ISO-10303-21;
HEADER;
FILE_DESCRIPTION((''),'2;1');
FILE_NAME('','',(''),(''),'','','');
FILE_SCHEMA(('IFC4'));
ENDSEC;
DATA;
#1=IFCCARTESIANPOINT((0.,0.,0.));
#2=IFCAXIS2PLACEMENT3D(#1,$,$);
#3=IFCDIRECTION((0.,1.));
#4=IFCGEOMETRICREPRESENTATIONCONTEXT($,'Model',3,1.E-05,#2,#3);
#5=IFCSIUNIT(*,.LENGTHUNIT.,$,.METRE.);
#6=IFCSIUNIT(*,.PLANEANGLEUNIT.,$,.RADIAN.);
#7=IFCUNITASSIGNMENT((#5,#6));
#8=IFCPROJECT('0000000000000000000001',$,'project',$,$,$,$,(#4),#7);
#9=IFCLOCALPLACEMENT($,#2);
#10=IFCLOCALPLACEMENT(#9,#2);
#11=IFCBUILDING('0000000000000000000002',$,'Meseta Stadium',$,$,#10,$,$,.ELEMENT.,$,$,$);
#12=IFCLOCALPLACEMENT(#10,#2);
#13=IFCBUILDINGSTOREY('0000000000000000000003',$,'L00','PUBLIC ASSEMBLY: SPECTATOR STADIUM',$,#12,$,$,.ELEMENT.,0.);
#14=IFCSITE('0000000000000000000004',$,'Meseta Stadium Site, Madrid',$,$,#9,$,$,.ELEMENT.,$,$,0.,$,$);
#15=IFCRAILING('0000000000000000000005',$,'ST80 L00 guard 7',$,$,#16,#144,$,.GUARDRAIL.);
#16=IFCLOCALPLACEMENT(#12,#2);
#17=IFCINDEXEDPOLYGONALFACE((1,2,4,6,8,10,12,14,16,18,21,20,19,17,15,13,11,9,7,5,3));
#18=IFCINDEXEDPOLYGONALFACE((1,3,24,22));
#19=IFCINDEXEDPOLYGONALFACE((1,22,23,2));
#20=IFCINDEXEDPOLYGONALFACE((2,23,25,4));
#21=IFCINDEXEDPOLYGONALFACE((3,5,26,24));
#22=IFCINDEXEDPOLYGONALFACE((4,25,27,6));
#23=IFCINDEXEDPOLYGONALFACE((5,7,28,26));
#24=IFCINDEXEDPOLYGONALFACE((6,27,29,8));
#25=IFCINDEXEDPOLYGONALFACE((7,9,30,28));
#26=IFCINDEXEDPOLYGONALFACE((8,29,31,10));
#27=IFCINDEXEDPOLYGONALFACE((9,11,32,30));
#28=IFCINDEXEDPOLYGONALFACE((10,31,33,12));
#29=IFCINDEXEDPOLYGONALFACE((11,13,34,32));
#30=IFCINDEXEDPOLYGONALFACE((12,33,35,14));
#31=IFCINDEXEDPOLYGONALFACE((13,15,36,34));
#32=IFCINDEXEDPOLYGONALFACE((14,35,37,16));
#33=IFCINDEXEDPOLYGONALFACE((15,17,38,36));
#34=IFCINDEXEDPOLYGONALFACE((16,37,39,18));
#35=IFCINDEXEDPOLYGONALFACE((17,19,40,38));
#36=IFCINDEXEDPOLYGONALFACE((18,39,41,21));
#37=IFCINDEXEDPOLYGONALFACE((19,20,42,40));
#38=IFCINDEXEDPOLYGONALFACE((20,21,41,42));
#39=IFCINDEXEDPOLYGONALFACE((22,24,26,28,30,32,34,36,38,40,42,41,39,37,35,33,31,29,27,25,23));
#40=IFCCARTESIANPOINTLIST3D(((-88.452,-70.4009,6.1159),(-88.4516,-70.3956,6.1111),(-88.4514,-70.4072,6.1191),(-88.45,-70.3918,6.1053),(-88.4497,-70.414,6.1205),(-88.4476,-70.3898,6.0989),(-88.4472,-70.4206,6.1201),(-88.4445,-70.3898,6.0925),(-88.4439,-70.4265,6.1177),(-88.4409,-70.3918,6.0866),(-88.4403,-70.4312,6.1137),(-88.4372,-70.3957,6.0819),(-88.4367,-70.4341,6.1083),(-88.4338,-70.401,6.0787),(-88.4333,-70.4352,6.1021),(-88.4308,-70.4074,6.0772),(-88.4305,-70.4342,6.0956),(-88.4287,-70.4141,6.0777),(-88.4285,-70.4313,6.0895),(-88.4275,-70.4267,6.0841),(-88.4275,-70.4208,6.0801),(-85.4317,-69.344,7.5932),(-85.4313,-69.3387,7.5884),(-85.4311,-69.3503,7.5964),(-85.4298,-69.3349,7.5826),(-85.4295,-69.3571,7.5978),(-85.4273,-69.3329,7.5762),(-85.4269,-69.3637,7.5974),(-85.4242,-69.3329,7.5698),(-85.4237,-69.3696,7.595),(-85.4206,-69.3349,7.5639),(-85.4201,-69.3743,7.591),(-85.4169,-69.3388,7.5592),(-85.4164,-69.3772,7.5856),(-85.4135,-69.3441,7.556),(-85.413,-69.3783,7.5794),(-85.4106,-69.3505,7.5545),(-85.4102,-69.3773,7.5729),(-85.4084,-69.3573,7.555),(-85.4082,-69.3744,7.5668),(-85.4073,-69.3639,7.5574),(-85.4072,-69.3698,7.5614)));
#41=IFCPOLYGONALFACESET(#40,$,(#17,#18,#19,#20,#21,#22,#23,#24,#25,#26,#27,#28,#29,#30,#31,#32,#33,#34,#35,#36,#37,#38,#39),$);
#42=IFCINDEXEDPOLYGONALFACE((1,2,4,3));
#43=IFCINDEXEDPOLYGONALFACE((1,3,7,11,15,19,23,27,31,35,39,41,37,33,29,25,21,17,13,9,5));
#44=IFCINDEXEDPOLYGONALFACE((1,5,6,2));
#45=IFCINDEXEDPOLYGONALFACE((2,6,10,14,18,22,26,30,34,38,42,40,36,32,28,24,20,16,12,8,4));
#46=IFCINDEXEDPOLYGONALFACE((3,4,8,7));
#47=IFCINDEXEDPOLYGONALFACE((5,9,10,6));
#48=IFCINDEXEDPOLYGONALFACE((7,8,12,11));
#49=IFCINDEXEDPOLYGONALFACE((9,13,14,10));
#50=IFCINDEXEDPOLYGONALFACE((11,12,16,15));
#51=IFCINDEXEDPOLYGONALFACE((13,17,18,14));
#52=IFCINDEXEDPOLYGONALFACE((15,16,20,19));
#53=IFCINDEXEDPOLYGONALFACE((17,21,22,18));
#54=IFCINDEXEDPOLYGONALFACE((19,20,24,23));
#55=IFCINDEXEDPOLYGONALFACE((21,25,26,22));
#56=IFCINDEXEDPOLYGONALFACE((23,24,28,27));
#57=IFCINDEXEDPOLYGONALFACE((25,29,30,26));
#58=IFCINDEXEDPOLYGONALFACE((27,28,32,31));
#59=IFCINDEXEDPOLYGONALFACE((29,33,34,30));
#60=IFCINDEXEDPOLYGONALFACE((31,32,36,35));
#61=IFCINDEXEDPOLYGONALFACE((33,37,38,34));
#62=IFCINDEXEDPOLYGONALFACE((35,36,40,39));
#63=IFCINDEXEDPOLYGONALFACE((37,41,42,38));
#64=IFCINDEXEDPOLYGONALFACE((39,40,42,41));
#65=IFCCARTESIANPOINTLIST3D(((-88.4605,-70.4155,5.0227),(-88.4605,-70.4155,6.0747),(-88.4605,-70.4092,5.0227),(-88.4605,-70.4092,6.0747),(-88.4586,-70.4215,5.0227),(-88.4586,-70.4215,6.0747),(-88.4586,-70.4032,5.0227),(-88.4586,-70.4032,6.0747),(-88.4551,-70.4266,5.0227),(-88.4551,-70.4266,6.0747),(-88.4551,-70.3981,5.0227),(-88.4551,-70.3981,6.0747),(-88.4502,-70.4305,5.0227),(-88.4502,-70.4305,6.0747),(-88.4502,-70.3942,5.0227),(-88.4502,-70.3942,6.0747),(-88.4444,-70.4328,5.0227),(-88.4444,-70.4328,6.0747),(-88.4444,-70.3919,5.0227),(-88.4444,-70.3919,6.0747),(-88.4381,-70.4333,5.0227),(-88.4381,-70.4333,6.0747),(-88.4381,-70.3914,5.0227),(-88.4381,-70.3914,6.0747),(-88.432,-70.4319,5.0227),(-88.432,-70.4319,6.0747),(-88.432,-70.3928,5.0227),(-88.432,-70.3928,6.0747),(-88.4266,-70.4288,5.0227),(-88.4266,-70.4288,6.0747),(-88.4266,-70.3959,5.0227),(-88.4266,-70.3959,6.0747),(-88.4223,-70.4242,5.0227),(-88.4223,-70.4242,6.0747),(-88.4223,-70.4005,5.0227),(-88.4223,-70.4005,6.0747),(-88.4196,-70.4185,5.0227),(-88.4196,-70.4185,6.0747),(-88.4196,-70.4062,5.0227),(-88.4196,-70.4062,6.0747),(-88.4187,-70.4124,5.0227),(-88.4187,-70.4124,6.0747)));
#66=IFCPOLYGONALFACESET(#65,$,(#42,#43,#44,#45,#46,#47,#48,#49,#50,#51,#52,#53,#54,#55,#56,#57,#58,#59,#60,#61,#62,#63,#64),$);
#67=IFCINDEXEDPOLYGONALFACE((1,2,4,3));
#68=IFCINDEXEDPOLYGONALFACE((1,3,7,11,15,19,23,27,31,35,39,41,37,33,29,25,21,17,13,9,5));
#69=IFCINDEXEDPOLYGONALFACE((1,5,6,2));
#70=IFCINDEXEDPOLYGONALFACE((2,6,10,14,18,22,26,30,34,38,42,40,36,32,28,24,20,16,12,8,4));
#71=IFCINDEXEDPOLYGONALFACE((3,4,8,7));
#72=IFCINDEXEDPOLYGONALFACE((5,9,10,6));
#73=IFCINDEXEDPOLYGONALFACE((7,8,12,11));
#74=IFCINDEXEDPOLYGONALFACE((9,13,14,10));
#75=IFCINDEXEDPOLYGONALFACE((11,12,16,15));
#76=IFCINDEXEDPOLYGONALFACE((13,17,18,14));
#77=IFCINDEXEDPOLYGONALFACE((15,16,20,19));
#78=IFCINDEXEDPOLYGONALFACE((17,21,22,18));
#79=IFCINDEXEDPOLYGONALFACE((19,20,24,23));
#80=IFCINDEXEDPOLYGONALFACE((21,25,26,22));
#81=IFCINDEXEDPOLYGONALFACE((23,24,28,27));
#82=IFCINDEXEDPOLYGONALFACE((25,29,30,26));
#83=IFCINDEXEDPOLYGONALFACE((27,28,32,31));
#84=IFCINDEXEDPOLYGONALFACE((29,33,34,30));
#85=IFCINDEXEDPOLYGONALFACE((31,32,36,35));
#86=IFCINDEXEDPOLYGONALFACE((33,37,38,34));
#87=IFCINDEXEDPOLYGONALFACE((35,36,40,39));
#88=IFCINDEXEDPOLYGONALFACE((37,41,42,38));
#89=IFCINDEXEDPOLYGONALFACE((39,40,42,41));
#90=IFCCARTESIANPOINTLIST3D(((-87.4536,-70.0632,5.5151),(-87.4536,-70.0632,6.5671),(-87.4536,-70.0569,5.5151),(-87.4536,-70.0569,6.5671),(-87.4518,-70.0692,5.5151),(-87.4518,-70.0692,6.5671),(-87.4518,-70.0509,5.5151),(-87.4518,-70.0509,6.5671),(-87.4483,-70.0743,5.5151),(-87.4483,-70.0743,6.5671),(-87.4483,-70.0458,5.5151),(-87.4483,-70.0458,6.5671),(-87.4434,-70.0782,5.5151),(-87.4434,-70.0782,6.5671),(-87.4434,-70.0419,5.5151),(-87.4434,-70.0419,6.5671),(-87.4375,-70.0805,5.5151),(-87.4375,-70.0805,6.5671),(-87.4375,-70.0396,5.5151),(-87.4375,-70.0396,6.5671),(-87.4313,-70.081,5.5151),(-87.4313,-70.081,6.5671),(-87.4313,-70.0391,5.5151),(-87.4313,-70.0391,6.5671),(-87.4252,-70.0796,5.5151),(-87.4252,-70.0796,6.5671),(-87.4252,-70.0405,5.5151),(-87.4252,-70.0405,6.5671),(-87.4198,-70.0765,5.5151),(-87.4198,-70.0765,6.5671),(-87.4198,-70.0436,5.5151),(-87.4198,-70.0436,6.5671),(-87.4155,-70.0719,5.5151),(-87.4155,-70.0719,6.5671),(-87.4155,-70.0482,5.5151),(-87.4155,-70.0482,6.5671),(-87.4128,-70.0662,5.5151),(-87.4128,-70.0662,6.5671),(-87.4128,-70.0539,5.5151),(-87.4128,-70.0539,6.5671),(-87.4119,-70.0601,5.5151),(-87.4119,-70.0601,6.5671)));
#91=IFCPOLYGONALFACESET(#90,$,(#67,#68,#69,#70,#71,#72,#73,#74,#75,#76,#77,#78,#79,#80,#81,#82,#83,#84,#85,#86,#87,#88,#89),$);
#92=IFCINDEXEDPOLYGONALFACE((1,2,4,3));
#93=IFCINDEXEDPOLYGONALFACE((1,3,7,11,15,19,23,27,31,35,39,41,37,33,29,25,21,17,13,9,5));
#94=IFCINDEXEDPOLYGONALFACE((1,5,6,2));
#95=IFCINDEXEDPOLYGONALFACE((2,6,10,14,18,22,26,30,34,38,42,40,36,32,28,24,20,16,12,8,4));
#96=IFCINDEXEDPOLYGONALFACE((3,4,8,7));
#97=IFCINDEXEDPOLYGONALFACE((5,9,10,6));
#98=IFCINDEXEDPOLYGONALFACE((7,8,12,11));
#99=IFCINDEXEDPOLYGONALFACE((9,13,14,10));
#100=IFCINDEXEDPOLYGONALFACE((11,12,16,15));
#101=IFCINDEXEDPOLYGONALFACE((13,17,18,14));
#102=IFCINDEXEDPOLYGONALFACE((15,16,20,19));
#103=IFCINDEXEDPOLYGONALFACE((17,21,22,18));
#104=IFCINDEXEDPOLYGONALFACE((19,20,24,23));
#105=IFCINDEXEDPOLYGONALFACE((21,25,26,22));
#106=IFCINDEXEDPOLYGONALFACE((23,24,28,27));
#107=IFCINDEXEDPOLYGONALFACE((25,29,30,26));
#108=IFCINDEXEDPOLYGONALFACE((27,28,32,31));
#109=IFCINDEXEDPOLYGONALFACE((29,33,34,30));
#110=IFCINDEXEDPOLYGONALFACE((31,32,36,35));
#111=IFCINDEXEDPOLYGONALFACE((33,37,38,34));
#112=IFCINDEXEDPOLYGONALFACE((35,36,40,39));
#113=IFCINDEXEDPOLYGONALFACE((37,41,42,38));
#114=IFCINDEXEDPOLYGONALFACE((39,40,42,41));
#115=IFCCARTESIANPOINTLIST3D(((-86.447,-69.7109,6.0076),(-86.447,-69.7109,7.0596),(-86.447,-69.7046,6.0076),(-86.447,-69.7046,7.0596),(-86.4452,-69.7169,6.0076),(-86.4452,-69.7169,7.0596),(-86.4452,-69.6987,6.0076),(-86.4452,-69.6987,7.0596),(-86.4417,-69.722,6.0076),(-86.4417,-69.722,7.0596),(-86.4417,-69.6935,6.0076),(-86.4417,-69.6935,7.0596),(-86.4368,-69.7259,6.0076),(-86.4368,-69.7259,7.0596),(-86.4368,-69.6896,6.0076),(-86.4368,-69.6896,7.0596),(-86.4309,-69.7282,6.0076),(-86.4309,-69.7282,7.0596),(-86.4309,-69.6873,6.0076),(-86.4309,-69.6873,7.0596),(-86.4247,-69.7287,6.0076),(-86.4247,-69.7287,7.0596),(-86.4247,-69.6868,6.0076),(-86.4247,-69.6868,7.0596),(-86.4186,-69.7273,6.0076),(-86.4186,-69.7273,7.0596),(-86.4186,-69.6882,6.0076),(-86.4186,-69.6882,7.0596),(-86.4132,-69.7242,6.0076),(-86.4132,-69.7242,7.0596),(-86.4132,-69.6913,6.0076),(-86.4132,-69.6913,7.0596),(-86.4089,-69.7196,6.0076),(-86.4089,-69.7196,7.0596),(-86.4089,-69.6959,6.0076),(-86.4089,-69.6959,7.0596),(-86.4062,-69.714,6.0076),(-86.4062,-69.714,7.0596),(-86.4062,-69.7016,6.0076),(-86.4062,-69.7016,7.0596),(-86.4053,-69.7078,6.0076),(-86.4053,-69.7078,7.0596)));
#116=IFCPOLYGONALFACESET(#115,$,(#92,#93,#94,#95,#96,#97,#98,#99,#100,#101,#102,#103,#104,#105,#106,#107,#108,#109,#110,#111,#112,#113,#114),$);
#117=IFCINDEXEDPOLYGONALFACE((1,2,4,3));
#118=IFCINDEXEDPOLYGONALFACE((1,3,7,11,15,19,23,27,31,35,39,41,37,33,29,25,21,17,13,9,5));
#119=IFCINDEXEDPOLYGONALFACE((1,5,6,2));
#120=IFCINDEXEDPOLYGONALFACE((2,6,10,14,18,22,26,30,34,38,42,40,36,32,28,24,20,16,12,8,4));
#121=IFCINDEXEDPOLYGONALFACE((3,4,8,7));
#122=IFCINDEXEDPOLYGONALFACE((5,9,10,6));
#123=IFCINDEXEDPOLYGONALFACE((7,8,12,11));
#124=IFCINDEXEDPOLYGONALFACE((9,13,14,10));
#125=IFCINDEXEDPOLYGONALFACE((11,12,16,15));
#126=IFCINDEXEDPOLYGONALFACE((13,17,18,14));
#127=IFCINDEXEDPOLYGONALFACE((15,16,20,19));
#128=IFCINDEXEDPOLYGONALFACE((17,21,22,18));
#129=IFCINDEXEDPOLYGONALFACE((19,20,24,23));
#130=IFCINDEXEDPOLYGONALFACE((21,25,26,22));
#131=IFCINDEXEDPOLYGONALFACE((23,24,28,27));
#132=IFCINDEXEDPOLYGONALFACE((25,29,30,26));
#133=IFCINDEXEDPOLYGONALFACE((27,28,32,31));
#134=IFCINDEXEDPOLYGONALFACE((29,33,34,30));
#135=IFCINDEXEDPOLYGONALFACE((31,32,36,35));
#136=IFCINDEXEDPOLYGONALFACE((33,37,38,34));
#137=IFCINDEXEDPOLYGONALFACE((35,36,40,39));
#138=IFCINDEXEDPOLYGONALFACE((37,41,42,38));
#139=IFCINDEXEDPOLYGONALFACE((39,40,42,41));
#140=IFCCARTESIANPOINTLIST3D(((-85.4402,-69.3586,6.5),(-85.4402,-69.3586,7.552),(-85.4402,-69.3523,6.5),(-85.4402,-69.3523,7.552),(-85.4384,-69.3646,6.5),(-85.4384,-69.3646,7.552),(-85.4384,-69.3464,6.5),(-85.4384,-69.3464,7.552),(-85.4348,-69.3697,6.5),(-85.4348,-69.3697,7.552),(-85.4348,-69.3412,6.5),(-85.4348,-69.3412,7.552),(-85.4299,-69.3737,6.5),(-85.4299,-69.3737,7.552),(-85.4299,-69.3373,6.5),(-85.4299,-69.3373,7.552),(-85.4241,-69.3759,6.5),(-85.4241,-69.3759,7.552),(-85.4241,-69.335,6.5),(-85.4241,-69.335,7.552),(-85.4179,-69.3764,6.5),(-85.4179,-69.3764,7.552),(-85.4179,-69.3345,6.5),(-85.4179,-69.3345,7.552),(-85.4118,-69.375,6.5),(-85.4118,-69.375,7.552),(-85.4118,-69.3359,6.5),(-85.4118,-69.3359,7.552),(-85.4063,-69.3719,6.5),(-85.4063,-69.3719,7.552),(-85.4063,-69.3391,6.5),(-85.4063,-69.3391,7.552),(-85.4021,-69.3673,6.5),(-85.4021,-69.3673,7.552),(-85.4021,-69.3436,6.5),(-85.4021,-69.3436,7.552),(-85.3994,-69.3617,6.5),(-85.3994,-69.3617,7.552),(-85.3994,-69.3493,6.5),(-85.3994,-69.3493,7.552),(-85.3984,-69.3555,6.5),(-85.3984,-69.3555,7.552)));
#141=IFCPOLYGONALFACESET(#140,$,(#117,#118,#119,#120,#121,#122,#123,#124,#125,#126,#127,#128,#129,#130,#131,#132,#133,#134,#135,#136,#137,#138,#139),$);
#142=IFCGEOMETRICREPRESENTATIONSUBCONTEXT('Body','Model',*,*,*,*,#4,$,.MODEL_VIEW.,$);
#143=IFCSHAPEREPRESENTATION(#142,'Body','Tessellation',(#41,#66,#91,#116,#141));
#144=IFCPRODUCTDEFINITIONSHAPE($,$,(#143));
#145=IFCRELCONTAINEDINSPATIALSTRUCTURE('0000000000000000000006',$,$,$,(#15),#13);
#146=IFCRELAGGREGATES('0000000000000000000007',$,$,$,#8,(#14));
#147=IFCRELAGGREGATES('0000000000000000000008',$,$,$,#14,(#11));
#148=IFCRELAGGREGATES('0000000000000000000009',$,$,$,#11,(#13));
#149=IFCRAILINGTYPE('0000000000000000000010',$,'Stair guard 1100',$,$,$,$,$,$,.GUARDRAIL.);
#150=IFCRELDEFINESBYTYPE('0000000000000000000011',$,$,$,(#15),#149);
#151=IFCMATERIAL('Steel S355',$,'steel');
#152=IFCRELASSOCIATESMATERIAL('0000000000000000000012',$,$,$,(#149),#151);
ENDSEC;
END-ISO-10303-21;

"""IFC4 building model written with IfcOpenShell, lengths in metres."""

from ifc_helpers import new_model, si_unit, direction, frame, origin, origin_2d, place, context, subcontext, project, spatial, circle, extrude, material, type_object, element, save


model = new_model("IFC4")

# Units and contexts
model_context = context("Model", 3, precision=1e-05, world=origin(), true_north=direction((0.0, 1.0)))
body_context = subcontext(model_context, "Body", "Model", "MODEL_VIEW")
ifc_project = project(units=[si_unit("LENGTHUNIT", "METRE"), si_unit("PLANEANGLEUNIT", "RADIAN")], contexts=[model_context])

# Site, building, storey
site_placement = place(None, origin())
site = spatial("IfcSite", under=ifc_project, at=site_placement, Name="Meseta Stadium Site, Madrid", CompositionType="ELEMENT", RefElevation=0.0)
building_placement = place(site_placement, origin())
building = spatial("IfcBuilding", under=site, at=building_placement, Name="Meseta Stadium", CompositionType="ELEMENT")
storey_placement = place(building_placement, origin())
storey = spatial("IfcBuildingStorey", under=building, at=storey_placement, Name="L00", Description="PUBLIC ASSEMBLY: SPECTATOR STADIUM", CompositionType="ELEMENT", Elevation=0.0)

# Railing
ifc_material_1 = material(Name="Steel S355", Category="steel")
railing_type_1 = type_object("IfcRailingType", Name="Stair guard 1100", PredefinedType="GUARDRAIL", material=ifc_material_1)
railing_1_placement = place(storey_placement, frame((-88.4397, -70.4124, 5.0227)))
element("IfcRailing", 1, at=railing_1_placement, inside=storey, type_object=railing_type_1, Name="ST80 L00 guard 7", PredefinedType="GUARDRAIL", context=body_context, shape_type="SweptSolid", body=[
    extrude(circle(Radius=0.0239, at=origin_2d()), frame((0.0, 0.0, 1.0762), z_axis=(0.856958, 0.299876, 0.419162), x_axis=(-0.330293, 0.943879, 0.0)), (0.0, 0.0, 1.0), 3.5244),
    extrude(circle(Radius=0.021, at=origin_2d()), origin(), (0.0, 0.0, 1.0), 1.052),
    extrude(circle(Radius=0.021, at=origin_2d()), frame((1.0068, 0.3523, 0.4924)), (0.0, 0.0, 1.0), 1.052),
    extrude(circle(Radius=0.021, at=origin_2d()), frame((2.0134, 0.7046, 0.9849)), (0.0, 0.0, 1.0), 1.052),
    extrude(circle(Radius=0.021, at=origin_2d()), frame((3.0203, 1.0569, 1.4773)), (0.0, 0.0, 1.0), 1.052),
])

save(model, "model.ifc")
